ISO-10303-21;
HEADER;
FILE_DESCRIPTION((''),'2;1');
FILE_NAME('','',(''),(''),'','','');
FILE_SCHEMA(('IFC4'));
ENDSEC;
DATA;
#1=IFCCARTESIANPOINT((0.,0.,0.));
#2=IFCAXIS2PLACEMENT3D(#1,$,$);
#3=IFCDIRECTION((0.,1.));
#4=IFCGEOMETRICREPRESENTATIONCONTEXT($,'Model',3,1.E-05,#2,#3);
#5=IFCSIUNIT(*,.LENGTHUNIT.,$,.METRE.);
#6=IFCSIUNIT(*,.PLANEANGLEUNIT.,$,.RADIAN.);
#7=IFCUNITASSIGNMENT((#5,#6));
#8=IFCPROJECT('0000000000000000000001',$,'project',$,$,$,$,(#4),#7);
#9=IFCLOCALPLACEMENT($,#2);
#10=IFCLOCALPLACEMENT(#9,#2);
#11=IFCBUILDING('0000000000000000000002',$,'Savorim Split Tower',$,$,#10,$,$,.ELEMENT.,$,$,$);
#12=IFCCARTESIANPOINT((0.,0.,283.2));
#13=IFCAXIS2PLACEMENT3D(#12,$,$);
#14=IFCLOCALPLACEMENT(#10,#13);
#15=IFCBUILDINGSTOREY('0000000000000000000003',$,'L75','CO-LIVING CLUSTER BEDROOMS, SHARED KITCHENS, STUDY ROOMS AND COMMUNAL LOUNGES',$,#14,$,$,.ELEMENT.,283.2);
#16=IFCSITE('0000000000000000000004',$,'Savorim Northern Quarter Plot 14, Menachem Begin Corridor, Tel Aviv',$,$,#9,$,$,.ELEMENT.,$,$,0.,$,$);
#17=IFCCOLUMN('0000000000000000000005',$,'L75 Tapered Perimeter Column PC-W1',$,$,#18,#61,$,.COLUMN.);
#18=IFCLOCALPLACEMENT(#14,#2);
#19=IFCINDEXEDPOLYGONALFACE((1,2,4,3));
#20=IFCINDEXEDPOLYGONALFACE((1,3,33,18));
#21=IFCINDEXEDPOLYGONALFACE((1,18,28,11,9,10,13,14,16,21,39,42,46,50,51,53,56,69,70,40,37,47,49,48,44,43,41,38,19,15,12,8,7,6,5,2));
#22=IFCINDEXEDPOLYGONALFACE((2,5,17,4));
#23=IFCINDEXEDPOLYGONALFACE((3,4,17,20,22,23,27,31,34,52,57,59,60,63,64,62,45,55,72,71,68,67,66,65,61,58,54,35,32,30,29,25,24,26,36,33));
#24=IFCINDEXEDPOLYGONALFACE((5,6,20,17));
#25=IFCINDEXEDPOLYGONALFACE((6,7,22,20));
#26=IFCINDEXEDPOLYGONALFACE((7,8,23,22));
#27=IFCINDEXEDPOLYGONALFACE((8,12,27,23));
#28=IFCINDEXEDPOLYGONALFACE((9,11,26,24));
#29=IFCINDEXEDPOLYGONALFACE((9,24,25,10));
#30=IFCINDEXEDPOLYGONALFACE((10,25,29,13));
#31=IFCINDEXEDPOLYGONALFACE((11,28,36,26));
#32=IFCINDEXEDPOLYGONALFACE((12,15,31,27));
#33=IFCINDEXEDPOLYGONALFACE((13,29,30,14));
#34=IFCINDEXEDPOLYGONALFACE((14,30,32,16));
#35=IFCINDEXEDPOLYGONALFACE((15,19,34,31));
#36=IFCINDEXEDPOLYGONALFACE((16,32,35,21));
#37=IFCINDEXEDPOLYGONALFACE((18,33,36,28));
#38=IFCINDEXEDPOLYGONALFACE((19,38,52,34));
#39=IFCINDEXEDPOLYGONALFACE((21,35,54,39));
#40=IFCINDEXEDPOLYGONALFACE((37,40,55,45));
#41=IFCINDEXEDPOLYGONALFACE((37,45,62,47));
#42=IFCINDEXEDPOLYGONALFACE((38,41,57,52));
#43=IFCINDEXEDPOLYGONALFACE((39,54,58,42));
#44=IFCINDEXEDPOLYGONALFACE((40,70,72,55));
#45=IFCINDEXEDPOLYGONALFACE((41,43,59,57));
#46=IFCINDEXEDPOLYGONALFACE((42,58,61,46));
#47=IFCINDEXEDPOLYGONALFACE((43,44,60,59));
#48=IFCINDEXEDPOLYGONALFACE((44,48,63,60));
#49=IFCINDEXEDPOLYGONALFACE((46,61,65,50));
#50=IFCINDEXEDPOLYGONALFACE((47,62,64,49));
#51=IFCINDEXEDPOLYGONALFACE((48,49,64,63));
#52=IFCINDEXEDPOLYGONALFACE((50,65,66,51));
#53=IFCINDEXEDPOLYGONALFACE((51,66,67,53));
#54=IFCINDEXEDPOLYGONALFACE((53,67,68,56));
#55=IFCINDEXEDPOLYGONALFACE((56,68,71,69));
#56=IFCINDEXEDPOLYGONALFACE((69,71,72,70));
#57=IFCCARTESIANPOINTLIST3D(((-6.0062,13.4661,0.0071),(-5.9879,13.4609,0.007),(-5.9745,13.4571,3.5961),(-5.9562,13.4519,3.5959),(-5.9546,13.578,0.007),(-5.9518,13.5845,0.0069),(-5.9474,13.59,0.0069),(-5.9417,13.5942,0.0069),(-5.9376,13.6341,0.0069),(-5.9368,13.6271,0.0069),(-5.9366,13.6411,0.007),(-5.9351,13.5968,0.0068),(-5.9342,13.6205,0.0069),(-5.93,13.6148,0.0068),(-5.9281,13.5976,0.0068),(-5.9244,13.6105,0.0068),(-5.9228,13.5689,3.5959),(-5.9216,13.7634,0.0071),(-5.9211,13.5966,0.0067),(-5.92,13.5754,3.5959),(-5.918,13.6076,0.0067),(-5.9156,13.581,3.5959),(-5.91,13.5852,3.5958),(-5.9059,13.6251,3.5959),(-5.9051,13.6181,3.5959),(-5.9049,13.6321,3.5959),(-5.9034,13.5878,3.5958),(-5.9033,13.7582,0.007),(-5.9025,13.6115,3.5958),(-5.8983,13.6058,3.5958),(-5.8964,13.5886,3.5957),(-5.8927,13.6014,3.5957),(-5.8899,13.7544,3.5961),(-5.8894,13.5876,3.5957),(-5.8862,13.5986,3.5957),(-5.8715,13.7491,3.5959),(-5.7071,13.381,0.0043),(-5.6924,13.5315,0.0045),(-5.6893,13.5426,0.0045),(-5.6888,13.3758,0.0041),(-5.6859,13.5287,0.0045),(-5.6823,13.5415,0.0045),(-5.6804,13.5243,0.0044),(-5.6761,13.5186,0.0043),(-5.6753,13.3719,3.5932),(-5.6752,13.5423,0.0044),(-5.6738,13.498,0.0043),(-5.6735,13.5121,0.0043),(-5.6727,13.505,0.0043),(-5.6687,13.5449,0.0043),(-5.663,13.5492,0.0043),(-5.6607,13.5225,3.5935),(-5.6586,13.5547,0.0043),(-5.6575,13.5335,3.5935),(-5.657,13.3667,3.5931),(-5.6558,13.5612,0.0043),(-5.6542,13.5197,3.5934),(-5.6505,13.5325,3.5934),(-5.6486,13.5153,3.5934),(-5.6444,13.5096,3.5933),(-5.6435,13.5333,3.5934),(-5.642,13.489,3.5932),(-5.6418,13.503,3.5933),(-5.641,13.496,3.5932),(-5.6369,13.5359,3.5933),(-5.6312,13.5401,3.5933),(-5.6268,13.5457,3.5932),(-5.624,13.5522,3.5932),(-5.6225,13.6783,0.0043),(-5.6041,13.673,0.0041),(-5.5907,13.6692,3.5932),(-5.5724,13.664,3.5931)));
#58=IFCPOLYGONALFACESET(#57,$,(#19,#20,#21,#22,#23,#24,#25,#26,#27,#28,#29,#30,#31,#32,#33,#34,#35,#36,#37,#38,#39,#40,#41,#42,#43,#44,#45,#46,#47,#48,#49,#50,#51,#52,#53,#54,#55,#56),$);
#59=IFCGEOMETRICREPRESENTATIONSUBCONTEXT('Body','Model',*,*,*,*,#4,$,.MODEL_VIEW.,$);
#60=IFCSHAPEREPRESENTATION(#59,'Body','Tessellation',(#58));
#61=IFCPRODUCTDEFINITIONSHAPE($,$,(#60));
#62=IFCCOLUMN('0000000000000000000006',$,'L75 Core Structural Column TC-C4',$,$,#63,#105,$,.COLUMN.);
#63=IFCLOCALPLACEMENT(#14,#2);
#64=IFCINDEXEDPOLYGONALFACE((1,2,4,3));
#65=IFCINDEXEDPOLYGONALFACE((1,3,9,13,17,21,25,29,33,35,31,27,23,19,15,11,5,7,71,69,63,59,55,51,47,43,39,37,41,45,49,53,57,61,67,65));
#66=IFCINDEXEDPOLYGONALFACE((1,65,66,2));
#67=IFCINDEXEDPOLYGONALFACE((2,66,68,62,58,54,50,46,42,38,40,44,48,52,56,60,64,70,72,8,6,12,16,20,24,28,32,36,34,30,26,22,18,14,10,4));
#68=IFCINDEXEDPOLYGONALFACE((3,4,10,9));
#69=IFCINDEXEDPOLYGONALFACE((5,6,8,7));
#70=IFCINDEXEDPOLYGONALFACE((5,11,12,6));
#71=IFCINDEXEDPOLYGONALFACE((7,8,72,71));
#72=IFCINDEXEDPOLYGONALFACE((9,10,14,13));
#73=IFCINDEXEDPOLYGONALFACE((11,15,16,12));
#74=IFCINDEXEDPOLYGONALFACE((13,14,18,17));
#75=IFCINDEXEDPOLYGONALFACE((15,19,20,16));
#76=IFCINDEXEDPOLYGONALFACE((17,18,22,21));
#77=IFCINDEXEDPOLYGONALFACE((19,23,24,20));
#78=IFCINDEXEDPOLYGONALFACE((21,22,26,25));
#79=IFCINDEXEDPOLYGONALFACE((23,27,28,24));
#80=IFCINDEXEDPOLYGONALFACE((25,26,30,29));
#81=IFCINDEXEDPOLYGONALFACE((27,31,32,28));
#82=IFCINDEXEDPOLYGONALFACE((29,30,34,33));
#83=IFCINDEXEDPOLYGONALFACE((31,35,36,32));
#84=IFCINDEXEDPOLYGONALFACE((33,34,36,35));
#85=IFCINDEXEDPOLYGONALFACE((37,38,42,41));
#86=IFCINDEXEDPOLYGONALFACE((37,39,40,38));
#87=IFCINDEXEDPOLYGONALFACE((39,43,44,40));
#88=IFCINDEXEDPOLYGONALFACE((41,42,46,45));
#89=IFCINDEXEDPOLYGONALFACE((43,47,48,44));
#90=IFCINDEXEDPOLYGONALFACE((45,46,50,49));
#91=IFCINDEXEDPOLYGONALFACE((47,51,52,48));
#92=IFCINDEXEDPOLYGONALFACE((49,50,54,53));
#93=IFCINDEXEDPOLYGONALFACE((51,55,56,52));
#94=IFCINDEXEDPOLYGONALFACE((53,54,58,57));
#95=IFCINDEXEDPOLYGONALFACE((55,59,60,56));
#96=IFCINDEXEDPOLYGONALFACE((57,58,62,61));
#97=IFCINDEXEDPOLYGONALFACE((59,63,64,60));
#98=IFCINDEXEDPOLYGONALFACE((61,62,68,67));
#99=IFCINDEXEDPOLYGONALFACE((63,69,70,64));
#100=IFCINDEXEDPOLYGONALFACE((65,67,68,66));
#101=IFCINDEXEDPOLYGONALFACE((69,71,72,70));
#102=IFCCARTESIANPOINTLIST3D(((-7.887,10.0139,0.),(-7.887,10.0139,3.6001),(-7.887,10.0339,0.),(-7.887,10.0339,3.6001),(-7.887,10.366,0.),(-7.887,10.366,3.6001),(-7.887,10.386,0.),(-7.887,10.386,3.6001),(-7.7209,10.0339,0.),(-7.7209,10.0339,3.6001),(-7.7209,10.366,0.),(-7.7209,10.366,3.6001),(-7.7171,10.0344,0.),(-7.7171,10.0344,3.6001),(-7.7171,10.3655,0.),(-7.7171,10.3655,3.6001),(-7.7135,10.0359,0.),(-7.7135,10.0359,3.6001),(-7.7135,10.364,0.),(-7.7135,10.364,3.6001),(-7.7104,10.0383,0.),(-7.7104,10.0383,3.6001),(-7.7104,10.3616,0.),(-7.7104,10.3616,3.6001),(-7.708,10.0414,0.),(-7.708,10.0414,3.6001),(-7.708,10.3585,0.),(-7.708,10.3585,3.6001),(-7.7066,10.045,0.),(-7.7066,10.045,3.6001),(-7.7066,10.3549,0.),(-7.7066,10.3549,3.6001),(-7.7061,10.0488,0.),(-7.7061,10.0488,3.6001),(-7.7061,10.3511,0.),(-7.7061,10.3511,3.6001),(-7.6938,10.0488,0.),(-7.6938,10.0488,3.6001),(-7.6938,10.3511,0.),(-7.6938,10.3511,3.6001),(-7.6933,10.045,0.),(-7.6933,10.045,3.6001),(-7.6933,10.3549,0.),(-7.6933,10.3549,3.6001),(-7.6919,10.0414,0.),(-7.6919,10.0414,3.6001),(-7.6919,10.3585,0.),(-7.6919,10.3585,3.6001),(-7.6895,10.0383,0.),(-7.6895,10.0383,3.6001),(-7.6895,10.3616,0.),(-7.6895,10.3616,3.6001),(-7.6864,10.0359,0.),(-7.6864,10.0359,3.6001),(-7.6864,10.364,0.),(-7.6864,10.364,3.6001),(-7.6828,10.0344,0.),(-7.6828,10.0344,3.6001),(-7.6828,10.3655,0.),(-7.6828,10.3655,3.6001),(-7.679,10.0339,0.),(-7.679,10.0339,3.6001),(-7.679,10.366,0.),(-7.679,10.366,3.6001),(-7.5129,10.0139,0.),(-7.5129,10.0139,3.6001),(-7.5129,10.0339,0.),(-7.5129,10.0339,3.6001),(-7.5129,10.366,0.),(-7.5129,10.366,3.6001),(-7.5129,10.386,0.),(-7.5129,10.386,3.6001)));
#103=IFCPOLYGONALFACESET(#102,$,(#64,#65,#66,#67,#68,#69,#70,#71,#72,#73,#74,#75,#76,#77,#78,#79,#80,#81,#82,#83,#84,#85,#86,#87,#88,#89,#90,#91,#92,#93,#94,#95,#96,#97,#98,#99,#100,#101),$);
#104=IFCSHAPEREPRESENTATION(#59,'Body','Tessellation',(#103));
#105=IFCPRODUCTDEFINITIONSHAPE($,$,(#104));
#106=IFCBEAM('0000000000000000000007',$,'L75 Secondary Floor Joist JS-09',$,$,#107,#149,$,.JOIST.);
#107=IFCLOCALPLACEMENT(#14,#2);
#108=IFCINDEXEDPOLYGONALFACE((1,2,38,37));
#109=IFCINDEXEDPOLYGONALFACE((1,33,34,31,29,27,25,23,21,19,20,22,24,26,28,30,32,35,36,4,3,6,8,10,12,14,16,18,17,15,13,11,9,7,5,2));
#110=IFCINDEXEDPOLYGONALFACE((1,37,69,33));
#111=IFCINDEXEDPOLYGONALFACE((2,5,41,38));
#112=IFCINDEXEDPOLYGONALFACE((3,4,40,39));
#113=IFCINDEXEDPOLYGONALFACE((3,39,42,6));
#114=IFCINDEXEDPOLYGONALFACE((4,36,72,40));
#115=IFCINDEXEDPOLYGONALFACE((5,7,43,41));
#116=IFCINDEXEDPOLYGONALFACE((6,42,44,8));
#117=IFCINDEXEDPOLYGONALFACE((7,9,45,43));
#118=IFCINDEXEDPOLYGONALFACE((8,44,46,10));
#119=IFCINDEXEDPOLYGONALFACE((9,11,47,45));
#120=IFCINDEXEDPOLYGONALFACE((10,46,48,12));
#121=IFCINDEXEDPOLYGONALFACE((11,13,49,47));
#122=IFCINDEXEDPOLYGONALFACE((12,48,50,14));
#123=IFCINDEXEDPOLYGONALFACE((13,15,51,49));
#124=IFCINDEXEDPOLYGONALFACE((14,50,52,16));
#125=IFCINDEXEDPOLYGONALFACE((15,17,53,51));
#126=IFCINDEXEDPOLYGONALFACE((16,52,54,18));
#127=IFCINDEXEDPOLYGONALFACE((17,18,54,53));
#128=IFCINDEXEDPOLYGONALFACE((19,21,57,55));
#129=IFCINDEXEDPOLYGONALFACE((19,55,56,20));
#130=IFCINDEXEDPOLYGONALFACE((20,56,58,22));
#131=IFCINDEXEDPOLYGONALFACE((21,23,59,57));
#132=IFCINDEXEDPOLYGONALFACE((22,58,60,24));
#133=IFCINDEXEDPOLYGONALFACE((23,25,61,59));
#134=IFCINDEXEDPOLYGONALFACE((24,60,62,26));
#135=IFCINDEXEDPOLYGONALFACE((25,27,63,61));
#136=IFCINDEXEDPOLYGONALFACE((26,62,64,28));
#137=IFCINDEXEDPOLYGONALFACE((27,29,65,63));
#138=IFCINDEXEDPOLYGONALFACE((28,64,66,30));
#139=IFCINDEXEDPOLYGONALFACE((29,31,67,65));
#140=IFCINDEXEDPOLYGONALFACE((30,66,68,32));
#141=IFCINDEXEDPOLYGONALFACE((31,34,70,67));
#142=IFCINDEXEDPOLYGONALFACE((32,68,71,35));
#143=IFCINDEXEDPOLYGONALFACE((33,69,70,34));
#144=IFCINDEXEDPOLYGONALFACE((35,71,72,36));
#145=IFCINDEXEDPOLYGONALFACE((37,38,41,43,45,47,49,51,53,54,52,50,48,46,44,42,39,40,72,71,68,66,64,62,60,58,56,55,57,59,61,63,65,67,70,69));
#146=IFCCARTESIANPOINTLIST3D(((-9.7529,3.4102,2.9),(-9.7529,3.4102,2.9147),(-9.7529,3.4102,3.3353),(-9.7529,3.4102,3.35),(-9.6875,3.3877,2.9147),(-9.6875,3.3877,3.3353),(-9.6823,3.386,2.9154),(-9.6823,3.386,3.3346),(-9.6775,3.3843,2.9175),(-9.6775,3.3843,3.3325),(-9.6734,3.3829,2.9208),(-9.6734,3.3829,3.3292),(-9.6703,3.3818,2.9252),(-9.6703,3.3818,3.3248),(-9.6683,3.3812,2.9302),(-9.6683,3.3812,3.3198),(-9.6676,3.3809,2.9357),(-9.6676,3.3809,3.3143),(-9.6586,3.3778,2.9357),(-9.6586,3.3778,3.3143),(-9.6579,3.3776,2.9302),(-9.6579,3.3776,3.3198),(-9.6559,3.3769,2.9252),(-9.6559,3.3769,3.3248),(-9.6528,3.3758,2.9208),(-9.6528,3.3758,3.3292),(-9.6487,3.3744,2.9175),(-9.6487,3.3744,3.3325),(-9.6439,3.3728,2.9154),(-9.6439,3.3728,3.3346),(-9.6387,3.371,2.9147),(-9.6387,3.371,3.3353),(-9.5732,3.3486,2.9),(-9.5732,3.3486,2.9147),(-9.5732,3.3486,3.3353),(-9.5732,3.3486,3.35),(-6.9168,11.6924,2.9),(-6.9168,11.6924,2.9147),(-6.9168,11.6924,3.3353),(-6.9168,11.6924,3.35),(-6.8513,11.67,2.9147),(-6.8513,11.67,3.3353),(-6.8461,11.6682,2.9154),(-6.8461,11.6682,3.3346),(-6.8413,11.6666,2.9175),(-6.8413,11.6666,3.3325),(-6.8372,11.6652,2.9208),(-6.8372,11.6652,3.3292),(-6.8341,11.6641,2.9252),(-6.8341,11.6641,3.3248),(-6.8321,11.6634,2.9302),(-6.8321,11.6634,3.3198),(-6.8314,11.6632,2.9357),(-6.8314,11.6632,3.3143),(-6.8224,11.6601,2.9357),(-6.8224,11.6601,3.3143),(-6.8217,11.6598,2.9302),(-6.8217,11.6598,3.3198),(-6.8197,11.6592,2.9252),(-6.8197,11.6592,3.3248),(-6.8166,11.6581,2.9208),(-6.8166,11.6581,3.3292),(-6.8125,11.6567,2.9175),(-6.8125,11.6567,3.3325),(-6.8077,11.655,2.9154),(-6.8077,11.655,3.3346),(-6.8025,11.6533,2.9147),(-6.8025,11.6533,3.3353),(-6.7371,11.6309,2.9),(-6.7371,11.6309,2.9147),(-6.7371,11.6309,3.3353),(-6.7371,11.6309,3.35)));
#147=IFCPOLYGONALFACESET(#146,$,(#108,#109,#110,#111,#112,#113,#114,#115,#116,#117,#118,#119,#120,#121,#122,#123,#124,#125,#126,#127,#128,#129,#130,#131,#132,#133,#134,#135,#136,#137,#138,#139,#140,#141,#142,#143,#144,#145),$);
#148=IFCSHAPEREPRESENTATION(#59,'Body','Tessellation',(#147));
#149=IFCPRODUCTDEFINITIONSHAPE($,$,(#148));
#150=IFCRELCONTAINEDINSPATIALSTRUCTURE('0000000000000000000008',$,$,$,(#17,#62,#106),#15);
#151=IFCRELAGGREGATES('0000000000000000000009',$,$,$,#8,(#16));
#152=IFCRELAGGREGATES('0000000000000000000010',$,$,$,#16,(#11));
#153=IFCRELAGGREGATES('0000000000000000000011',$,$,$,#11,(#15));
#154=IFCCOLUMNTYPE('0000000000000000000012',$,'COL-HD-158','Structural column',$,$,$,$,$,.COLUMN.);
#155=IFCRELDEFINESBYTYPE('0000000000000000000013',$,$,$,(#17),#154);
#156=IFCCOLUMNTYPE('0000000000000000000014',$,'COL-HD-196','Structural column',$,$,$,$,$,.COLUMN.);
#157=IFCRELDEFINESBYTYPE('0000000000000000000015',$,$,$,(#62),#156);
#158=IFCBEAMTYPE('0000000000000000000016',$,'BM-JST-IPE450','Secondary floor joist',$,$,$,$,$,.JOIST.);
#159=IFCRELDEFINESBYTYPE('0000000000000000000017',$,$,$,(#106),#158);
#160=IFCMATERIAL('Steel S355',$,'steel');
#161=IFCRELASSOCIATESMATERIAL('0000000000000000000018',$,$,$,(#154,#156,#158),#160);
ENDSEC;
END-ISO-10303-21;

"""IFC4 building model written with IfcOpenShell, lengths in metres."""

from ifc_helpers import new_model, si_unit, direction, frame, origin, origin_2d, place, context, subcontext, project, spatial, i_section, extrude, material, material_profile, profile_set, type_object, element, save


model = new_model("IFC4")

# Units and contexts
model_context = context("Model", 3, precision=1e-05, world=origin(), true_north=direction((0.0, 1.0)))
body_context = subcontext(model_context, "Body", "Model", "MODEL_VIEW")
ifc_project = project(units=[si_unit("LENGTHUNIT", "METRE"), si_unit("PLANEANGLEUNIT", "RADIAN")], contexts=[model_context])

# Site, building, storey
site_placement = place(None, origin())
site = spatial("IfcSite", under=ifc_project, at=site_placement, Name="Savorim Northern Quarter Plot 14, Menachem Begin Corridor, Tel Aviv", CompositionType="ELEMENT", RefElevation=0.0)
building_placement = place(site_placement, origin())
building = spatial("IfcBuilding", under=site, at=building_placement, Name="Savorim Split Tower", CompositionType="ELEMENT")
storey_placement = place(building_placement, frame((0.0, 0.0, 283.2)))
storey = spatial("IfcBuildingStorey", under=building, at=storey_placement, Name="L75", Description="CO-LIVING CLUSTER BEDROOMS, SHARED KITCHENS, STUDY ROOMS AND COMMUNAL LOUNGES", CompositionType="ELEMENT", Elevation=283.2)

# Columns
ifc_material_1 = material(Name="Steel S355", Category="steel")
ifc_material_profile_1 = material_profile(ifc_material_1, i_section(OverallWidth=0.3091, OverallDepth=0.3301, WebThickness=0.0115, FlangeThickness=0.019, FilletRadius=0.0271, at=origin_2d()), Name="HD 320x158")
ifc_profile_set_1 = profile_set([ifc_material_profile_1], Name="Steel S355")
column_type_1 = type_object("IfcColumnType", Name="COL-HD-158", Description="Structural column", PredefinedType="COLUMN", material=ifc_profile_set_1)
column_1_placement = place(storey_placement, frame((-5.8052, 13.5696, 0.0056), z_axis=(0.008843, -0.002517, 0.999958), x_axis=(0.273744, 0.961803, 0.0)))
element("IfcColumn", 1, at=column_1_placement, inside=storey, type_object=column_type_1, Name="L75 Tapered Perimeter Column PC-W1", PredefinedType="COLUMN", context=body_context, shape_type="SweptSolid", body=[
    extrude(i_section(OverallWidth=0.3091, OverallDepth=0.3301, WebThickness=0.0115, FlangeThickness=0.019, FilletRadius=0.0271, at=origin_2d()), origin(), (0.0, 0.0, 1.0), 3.5891),
])
ifc_material_profile_2 = material_profile(ifc_material_1, i_section(OverallWidth=0.374, OverallDepth=0.3721, WebThickness=0.0122, FlangeThickness=0.02, FilletRadius=0.0149, at=origin_2d()), Name="HD 360x196")
ifc_profile_set_2 = profile_set([ifc_material_profile_2], Name="Steel S355")
column_type_2 = type_object("IfcColumnType", Name="COL-HD-196", Description="Structural column", PredefinedType="COLUMN", material=ifc_profile_set_2)
column_2_placement = place(storey_placement, frame((-7.7, 10.2, 0.0), z_axis=(0.0, 0.0, 1.0), x_axis=(1.0, 0.0, 0.0)))
element("IfcColumn", 2, at=column_2_placement, inside=storey, type_object=column_type_2, Name="L75 Core Structural Column TC-C4", PredefinedType="COLUMN", context=body_context, shape_type="SweptSolid", body=[
    extrude(i_section(OverallWidth=0.374, OverallDepth=0.3721, WebThickness=0.0122, FlangeThickness=0.02, FilletRadius=0.0149, at=origin_2d()), origin(), (0.0, 0.0, 1.0), 3.6001),
])

# Beam
ifc_material_profile_3 = material_profile(ifc_material_1, i_section(OverallWidth=0.1899, OverallDepth=0.45, WebThickness=0.0095, FlangeThickness=0.0146, FilletRadius=0.021, at=origin_2d()), Name="IPE 450")
ifc_profile_set_3 = profile_set([ifc_material_profile_3], Name="Steel S355")
beam_type_1 = type_object("IfcBeamType", Name="BM-JST-IPE450", Description="Secondary floor joist", PredefinedType="JOIST", material=ifc_profile_set_3)
beam_1_placement = place(storey_placement, frame((-6.8269, 11.6616, 3.125), z_axis=(-0.323973, -0.946066, 0.0), x_axis=(0.946066, -0.323973, 0.0)))
element("IfcBeam", 3, at=beam_1_placement, inside=storey, type_object=beam_type_1, Name="L75 Secondary Floor Joist JS-09", PredefinedType="JOIST", context=body_context, shape_type="SweptSolid", body=[
    extrude(i_section(OverallWidth=0.1899, OverallDepth=0.45, WebThickness=0.0095, FlangeThickness=0.0146, FilletRadius=0.021, at=origin_2d()), origin(), (0.0, 0.0, 1.0), 8.7544),
])

save(model, "model.ifc")
